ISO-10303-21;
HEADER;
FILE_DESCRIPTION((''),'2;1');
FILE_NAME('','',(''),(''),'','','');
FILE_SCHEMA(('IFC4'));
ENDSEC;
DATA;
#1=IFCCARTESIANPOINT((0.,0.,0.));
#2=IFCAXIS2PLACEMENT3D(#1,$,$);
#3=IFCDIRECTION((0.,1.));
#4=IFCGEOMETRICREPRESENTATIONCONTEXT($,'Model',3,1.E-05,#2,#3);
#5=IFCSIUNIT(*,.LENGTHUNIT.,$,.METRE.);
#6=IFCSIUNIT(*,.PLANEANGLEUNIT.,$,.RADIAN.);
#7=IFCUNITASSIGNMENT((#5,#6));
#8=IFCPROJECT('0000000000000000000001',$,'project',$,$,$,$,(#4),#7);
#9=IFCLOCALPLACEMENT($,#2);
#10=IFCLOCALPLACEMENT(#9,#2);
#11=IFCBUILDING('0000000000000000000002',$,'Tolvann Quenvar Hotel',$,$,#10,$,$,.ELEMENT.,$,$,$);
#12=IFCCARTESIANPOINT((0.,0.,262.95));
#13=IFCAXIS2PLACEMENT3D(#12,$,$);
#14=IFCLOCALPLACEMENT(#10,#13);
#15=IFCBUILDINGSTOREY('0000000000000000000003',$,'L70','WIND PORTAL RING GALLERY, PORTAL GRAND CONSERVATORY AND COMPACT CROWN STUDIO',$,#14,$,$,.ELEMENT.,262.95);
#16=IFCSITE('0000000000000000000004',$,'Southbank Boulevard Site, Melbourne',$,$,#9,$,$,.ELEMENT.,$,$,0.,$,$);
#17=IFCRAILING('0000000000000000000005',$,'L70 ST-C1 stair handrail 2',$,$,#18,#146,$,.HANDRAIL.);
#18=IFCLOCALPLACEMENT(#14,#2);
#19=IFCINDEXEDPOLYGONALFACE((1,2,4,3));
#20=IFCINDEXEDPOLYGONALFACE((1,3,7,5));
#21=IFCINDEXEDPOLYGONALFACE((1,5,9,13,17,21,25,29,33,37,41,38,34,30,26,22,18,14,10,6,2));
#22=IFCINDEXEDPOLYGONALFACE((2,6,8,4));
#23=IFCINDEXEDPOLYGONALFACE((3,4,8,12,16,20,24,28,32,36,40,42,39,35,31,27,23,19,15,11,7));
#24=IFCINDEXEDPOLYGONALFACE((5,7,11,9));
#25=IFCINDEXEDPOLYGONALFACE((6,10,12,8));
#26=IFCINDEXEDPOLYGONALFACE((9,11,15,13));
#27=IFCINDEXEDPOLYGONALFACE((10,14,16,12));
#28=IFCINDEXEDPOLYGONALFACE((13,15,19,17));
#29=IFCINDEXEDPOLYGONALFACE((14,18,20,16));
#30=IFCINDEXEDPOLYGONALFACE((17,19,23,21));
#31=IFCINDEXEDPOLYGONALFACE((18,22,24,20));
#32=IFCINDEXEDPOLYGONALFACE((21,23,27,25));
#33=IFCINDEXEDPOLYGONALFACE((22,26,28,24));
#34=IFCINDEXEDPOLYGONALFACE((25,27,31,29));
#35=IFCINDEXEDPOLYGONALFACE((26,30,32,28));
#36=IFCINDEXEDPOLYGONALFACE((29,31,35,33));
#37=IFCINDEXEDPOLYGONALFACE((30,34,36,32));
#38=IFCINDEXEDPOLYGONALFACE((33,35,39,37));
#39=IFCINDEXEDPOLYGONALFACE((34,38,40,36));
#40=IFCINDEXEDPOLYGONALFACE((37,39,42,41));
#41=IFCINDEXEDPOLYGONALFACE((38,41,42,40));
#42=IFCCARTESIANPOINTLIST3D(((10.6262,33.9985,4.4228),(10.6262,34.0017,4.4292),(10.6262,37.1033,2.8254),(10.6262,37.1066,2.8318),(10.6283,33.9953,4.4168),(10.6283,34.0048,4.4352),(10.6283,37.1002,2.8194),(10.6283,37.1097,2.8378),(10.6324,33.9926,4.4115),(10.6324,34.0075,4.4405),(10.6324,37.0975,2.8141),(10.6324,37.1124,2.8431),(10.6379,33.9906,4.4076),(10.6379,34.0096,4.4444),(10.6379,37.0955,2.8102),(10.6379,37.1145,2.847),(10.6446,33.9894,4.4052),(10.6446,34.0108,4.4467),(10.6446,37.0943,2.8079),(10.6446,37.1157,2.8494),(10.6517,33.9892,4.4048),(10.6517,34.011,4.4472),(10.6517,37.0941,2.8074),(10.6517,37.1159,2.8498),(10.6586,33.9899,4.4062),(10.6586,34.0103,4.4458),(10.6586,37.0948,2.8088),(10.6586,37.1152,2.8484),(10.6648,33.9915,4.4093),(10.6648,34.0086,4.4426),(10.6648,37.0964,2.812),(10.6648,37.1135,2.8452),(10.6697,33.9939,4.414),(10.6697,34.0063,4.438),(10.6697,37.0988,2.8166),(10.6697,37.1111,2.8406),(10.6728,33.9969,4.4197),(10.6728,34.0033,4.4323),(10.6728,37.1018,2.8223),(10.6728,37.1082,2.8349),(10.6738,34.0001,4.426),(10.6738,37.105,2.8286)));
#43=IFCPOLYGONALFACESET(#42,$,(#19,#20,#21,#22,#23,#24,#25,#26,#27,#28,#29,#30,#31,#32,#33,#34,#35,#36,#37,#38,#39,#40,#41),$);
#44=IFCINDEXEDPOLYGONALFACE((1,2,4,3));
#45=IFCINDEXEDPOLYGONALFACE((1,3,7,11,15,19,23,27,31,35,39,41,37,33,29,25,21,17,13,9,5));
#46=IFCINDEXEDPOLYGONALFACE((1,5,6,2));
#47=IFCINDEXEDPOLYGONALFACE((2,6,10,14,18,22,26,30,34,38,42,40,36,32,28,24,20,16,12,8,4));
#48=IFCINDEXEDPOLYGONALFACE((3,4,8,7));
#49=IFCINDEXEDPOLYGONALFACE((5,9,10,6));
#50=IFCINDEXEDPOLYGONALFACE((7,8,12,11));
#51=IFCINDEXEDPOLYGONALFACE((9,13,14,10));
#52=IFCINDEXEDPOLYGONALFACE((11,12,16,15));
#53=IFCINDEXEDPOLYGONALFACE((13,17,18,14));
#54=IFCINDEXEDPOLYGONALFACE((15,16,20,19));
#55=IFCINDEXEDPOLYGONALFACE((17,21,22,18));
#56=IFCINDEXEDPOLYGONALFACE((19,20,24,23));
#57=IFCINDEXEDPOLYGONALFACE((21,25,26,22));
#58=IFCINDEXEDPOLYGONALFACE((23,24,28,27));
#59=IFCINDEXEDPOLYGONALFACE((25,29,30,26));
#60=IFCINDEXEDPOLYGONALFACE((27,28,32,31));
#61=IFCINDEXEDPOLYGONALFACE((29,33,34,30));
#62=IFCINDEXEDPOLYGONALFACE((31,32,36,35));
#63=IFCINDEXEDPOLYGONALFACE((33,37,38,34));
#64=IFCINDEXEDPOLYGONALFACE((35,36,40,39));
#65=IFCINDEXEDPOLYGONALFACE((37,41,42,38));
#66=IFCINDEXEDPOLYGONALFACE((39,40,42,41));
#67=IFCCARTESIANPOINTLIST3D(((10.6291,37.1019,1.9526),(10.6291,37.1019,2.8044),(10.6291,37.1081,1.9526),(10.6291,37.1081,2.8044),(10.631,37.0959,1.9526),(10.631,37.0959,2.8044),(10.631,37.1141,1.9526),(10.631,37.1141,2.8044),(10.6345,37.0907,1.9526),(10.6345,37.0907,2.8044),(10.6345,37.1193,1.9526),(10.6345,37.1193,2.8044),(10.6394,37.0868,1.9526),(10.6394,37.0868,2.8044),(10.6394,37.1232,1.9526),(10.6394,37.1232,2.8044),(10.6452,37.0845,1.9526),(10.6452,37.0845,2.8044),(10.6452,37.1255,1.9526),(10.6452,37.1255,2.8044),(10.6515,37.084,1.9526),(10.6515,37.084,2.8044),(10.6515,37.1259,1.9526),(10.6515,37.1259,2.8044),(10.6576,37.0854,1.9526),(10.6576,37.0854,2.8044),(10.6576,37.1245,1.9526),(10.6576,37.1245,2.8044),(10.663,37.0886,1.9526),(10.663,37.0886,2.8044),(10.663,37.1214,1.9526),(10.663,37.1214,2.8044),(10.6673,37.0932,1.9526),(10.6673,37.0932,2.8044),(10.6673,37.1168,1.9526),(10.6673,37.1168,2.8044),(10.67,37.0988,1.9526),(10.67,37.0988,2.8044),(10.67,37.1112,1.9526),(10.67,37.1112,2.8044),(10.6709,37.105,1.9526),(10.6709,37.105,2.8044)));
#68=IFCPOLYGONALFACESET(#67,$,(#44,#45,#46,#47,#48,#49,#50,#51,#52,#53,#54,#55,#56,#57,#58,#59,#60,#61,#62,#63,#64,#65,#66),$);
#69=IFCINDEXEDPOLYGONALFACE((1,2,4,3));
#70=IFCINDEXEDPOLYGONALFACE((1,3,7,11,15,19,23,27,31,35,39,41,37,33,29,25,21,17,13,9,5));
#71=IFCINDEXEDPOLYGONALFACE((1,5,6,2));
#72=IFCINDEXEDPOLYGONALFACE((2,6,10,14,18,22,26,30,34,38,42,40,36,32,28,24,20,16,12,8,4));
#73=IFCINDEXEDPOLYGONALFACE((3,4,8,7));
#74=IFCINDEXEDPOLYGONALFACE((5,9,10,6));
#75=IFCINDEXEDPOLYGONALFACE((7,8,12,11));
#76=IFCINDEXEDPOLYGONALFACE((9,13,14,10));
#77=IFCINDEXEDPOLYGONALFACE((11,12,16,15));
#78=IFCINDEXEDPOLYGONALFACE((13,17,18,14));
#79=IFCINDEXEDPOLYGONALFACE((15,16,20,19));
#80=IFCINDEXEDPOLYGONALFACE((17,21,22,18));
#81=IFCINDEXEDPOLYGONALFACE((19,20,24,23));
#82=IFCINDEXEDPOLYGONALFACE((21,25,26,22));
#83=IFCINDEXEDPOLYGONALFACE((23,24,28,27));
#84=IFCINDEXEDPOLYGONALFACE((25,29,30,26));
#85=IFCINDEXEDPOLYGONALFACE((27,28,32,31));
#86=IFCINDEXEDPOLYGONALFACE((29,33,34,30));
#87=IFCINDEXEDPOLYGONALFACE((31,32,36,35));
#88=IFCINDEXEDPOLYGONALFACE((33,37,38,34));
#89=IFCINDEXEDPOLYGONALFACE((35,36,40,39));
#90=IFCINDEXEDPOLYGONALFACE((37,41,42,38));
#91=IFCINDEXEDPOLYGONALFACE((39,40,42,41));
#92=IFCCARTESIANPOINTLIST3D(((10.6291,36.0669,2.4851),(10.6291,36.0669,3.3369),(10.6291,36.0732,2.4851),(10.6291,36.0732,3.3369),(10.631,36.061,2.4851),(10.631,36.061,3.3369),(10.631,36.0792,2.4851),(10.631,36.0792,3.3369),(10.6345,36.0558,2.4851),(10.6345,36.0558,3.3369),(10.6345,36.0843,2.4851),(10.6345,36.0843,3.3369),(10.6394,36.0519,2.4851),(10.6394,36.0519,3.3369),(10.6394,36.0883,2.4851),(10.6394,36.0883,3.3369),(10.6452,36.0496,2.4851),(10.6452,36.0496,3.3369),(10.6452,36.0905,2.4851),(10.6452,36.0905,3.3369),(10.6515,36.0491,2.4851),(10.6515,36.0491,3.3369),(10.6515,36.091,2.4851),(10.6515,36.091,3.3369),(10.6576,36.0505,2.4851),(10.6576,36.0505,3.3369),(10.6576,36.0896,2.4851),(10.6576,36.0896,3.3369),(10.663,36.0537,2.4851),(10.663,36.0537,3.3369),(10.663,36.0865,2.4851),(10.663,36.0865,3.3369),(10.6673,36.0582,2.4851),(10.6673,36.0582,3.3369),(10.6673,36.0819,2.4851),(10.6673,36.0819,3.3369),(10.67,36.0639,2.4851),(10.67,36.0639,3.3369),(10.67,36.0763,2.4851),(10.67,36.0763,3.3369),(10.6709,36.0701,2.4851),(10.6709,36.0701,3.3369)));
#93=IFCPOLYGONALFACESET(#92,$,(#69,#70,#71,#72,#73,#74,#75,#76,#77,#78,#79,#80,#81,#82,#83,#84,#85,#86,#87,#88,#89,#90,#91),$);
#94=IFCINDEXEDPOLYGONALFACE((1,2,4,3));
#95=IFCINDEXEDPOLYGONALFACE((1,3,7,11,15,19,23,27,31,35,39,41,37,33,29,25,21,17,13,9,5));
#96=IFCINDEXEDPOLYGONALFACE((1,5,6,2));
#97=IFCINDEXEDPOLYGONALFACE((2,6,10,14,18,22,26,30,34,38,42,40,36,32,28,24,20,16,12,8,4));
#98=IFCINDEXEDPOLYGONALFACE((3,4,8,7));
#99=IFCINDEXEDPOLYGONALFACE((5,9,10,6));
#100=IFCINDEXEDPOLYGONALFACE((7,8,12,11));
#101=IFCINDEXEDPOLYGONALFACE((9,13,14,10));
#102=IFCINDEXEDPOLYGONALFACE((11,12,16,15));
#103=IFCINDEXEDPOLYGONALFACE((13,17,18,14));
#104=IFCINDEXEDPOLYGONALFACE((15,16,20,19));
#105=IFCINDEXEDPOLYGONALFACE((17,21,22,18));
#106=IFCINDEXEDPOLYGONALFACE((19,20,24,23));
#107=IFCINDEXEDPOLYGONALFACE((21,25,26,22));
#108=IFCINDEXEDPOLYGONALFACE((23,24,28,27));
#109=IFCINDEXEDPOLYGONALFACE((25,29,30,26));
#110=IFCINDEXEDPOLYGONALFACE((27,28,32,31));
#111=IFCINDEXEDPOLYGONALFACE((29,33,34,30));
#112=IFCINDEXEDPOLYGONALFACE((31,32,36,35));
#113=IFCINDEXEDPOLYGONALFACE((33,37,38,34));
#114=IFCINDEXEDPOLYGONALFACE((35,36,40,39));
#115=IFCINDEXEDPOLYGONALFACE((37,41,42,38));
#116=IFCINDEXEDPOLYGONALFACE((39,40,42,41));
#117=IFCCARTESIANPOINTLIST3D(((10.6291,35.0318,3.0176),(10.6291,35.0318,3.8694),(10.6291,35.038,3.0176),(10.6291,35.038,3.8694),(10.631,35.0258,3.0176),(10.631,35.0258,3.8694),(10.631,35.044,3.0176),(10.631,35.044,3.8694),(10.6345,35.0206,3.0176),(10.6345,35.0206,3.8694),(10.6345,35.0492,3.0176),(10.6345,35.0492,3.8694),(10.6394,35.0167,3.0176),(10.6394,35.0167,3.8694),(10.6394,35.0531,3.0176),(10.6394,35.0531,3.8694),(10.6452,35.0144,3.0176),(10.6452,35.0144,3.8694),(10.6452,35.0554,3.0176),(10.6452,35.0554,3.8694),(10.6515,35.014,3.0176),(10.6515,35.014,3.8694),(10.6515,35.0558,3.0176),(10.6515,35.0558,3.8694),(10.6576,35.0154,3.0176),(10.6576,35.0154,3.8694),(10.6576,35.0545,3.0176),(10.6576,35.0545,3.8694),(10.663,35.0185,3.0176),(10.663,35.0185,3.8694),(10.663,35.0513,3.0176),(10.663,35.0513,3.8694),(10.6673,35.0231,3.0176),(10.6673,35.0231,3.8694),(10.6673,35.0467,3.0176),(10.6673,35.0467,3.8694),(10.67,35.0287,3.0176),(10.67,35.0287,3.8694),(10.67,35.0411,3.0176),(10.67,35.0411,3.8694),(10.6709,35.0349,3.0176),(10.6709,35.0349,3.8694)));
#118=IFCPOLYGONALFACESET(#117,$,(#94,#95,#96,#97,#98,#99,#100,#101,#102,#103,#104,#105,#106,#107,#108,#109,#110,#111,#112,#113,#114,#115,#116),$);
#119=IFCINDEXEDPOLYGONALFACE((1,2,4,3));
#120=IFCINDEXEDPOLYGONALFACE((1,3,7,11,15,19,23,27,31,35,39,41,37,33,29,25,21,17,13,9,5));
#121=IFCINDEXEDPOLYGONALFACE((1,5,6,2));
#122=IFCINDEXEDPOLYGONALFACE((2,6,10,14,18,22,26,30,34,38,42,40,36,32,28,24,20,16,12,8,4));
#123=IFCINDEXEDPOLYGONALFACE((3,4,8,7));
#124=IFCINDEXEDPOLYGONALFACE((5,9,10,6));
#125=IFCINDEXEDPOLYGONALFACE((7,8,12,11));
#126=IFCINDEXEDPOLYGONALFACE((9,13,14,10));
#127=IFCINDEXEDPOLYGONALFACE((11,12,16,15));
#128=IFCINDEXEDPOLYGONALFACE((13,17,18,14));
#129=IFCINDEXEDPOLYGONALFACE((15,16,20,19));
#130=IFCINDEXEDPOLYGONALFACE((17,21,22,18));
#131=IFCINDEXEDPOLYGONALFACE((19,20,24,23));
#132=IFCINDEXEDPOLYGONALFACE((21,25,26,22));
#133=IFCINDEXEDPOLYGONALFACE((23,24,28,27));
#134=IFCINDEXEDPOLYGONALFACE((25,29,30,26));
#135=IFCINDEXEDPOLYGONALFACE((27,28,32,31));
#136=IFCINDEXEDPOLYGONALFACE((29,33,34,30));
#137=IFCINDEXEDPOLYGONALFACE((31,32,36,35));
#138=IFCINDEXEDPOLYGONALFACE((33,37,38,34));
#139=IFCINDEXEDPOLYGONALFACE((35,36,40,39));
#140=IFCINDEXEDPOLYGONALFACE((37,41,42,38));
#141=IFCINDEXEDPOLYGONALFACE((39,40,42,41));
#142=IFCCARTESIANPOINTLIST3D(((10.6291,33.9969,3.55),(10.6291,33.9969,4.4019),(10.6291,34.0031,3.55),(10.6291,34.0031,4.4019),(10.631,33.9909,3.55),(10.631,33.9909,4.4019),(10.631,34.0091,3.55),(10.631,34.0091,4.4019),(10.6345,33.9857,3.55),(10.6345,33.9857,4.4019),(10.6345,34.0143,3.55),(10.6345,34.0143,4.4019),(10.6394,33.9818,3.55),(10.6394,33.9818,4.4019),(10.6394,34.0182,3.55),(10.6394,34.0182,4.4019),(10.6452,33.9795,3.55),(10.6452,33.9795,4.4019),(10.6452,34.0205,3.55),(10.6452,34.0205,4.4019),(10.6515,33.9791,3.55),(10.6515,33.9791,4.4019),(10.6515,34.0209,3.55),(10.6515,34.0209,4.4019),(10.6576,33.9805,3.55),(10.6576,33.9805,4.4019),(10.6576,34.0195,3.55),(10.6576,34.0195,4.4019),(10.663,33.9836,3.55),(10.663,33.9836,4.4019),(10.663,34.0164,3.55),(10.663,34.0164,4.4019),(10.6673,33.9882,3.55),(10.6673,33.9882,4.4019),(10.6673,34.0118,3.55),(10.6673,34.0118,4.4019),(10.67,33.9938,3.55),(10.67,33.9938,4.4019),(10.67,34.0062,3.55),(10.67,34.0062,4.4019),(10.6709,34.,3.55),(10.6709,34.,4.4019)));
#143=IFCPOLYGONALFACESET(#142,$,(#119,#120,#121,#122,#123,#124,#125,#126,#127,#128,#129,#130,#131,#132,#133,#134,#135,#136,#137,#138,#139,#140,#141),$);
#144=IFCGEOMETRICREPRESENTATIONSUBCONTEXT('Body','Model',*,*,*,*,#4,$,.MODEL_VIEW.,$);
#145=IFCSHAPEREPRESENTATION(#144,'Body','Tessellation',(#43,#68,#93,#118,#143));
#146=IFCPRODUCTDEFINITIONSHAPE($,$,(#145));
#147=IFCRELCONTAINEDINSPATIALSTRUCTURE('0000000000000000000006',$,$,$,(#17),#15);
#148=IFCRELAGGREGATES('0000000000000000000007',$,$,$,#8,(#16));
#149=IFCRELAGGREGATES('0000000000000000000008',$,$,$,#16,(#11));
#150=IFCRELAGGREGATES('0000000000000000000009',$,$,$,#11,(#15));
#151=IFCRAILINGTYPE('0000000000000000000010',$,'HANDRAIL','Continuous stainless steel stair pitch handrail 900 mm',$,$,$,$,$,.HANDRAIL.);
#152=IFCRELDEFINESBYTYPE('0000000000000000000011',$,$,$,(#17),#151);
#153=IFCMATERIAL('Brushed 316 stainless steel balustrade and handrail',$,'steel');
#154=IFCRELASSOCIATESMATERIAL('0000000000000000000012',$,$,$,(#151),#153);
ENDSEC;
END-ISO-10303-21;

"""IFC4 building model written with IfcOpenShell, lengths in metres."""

from ifc_helpers import new_model, si_unit, direction, frame, origin, origin_2d, place, context, subcontext, project, spatial, circle, extrude, material, type_object, element, save


model = new_model("IFC4")

# Units and contexts
model_context = context("Model", 3, precision=1e-05, world=origin(), true_north=direction((0.0, 1.0)))
body_context = subcontext(model_context, "Body", "Model", "MODEL_VIEW")
ifc_project = project(units=[si_unit("LENGTHUNIT", "METRE"), si_unit("PLANEANGLEUNIT", "RADIAN")], contexts=[model_context])

# Site, building, storey
site_placement = place(None, origin())
site = spatial("IfcSite", under=ifc_project, at=site_placement, Name="Southbank Boulevard Site, Melbourne", CompositionType="ELEMENT", RefElevation=0.0)
building_placement = place(site_placement, origin())
building = spatial("IfcBuilding", under=site, at=building_placement, Name="Tolvann Quenvar Hotel", CompositionType="ELEMENT")
storey_placement = place(building_placement, frame((0.0, 0.0, 262.95)))
storey = spatial("IfcBuildingStorey", under=building, at=storey_placement, Name="L70", Description="WIND PORTAL RING GALLERY, PORTAL GRAND CONSERVATORY AND COMPACT CROWN STUDIO", CompositionType="ELEMENT", Elevation=262.95)

# Railing
ifc_material_1 = material(Name="Brushed 316 stainless steel balustrade and handrail", Category="steel")
railing_type_1 = type_object("IfcRailingType", Name="HANDRAIL", Description="Continuous stainless steel stair pitch handrail 900 mm", PredefinedType="HANDRAIL", material=ifc_material_1)
railing_1_placement = place(storey_placement, frame((10.6499, 37.105, 1.9526)))
element("IfcRailing", 1, at=railing_1_placement, inside=storey, type_object=railing_type_1, Name="L70 ST-C1 stair handrail 2", PredefinedType="HANDRAIL", context=body_context, shape_type="SweptSolid", body=[
    extrude(circle(Radius=0.0239, at=origin_2d()), frame((0.0, 0.0, 0.876), z_axis=(0.0, -0.889222, 0.457476), x_axis=(1.0, 0.0, 0.0)), (0.0, 0.0, 1.0), 3.4917),
    extrude(circle(Radius=0.021, at=origin_2d()), origin(), (0.0, 0.0, 1.0), 0.8518),
    extrude(circle(Radius=0.021, at=origin_2d()), frame((0.0, -1.0349, 0.5325)), (0.0, 0.0, 1.0), 0.8518),
    extrude(circle(Radius=0.021, at=origin_2d()), frame((0.0, -2.0701, 1.0649)), (0.0, 0.0, 1.0), 0.8518),
    extrude(circle(Radius=0.021, at=origin_2d()), frame((0.0, -3.105, 1.5974)), (0.0, 0.0, 1.0), 0.8518),
])

save(model, "model.ifc")
